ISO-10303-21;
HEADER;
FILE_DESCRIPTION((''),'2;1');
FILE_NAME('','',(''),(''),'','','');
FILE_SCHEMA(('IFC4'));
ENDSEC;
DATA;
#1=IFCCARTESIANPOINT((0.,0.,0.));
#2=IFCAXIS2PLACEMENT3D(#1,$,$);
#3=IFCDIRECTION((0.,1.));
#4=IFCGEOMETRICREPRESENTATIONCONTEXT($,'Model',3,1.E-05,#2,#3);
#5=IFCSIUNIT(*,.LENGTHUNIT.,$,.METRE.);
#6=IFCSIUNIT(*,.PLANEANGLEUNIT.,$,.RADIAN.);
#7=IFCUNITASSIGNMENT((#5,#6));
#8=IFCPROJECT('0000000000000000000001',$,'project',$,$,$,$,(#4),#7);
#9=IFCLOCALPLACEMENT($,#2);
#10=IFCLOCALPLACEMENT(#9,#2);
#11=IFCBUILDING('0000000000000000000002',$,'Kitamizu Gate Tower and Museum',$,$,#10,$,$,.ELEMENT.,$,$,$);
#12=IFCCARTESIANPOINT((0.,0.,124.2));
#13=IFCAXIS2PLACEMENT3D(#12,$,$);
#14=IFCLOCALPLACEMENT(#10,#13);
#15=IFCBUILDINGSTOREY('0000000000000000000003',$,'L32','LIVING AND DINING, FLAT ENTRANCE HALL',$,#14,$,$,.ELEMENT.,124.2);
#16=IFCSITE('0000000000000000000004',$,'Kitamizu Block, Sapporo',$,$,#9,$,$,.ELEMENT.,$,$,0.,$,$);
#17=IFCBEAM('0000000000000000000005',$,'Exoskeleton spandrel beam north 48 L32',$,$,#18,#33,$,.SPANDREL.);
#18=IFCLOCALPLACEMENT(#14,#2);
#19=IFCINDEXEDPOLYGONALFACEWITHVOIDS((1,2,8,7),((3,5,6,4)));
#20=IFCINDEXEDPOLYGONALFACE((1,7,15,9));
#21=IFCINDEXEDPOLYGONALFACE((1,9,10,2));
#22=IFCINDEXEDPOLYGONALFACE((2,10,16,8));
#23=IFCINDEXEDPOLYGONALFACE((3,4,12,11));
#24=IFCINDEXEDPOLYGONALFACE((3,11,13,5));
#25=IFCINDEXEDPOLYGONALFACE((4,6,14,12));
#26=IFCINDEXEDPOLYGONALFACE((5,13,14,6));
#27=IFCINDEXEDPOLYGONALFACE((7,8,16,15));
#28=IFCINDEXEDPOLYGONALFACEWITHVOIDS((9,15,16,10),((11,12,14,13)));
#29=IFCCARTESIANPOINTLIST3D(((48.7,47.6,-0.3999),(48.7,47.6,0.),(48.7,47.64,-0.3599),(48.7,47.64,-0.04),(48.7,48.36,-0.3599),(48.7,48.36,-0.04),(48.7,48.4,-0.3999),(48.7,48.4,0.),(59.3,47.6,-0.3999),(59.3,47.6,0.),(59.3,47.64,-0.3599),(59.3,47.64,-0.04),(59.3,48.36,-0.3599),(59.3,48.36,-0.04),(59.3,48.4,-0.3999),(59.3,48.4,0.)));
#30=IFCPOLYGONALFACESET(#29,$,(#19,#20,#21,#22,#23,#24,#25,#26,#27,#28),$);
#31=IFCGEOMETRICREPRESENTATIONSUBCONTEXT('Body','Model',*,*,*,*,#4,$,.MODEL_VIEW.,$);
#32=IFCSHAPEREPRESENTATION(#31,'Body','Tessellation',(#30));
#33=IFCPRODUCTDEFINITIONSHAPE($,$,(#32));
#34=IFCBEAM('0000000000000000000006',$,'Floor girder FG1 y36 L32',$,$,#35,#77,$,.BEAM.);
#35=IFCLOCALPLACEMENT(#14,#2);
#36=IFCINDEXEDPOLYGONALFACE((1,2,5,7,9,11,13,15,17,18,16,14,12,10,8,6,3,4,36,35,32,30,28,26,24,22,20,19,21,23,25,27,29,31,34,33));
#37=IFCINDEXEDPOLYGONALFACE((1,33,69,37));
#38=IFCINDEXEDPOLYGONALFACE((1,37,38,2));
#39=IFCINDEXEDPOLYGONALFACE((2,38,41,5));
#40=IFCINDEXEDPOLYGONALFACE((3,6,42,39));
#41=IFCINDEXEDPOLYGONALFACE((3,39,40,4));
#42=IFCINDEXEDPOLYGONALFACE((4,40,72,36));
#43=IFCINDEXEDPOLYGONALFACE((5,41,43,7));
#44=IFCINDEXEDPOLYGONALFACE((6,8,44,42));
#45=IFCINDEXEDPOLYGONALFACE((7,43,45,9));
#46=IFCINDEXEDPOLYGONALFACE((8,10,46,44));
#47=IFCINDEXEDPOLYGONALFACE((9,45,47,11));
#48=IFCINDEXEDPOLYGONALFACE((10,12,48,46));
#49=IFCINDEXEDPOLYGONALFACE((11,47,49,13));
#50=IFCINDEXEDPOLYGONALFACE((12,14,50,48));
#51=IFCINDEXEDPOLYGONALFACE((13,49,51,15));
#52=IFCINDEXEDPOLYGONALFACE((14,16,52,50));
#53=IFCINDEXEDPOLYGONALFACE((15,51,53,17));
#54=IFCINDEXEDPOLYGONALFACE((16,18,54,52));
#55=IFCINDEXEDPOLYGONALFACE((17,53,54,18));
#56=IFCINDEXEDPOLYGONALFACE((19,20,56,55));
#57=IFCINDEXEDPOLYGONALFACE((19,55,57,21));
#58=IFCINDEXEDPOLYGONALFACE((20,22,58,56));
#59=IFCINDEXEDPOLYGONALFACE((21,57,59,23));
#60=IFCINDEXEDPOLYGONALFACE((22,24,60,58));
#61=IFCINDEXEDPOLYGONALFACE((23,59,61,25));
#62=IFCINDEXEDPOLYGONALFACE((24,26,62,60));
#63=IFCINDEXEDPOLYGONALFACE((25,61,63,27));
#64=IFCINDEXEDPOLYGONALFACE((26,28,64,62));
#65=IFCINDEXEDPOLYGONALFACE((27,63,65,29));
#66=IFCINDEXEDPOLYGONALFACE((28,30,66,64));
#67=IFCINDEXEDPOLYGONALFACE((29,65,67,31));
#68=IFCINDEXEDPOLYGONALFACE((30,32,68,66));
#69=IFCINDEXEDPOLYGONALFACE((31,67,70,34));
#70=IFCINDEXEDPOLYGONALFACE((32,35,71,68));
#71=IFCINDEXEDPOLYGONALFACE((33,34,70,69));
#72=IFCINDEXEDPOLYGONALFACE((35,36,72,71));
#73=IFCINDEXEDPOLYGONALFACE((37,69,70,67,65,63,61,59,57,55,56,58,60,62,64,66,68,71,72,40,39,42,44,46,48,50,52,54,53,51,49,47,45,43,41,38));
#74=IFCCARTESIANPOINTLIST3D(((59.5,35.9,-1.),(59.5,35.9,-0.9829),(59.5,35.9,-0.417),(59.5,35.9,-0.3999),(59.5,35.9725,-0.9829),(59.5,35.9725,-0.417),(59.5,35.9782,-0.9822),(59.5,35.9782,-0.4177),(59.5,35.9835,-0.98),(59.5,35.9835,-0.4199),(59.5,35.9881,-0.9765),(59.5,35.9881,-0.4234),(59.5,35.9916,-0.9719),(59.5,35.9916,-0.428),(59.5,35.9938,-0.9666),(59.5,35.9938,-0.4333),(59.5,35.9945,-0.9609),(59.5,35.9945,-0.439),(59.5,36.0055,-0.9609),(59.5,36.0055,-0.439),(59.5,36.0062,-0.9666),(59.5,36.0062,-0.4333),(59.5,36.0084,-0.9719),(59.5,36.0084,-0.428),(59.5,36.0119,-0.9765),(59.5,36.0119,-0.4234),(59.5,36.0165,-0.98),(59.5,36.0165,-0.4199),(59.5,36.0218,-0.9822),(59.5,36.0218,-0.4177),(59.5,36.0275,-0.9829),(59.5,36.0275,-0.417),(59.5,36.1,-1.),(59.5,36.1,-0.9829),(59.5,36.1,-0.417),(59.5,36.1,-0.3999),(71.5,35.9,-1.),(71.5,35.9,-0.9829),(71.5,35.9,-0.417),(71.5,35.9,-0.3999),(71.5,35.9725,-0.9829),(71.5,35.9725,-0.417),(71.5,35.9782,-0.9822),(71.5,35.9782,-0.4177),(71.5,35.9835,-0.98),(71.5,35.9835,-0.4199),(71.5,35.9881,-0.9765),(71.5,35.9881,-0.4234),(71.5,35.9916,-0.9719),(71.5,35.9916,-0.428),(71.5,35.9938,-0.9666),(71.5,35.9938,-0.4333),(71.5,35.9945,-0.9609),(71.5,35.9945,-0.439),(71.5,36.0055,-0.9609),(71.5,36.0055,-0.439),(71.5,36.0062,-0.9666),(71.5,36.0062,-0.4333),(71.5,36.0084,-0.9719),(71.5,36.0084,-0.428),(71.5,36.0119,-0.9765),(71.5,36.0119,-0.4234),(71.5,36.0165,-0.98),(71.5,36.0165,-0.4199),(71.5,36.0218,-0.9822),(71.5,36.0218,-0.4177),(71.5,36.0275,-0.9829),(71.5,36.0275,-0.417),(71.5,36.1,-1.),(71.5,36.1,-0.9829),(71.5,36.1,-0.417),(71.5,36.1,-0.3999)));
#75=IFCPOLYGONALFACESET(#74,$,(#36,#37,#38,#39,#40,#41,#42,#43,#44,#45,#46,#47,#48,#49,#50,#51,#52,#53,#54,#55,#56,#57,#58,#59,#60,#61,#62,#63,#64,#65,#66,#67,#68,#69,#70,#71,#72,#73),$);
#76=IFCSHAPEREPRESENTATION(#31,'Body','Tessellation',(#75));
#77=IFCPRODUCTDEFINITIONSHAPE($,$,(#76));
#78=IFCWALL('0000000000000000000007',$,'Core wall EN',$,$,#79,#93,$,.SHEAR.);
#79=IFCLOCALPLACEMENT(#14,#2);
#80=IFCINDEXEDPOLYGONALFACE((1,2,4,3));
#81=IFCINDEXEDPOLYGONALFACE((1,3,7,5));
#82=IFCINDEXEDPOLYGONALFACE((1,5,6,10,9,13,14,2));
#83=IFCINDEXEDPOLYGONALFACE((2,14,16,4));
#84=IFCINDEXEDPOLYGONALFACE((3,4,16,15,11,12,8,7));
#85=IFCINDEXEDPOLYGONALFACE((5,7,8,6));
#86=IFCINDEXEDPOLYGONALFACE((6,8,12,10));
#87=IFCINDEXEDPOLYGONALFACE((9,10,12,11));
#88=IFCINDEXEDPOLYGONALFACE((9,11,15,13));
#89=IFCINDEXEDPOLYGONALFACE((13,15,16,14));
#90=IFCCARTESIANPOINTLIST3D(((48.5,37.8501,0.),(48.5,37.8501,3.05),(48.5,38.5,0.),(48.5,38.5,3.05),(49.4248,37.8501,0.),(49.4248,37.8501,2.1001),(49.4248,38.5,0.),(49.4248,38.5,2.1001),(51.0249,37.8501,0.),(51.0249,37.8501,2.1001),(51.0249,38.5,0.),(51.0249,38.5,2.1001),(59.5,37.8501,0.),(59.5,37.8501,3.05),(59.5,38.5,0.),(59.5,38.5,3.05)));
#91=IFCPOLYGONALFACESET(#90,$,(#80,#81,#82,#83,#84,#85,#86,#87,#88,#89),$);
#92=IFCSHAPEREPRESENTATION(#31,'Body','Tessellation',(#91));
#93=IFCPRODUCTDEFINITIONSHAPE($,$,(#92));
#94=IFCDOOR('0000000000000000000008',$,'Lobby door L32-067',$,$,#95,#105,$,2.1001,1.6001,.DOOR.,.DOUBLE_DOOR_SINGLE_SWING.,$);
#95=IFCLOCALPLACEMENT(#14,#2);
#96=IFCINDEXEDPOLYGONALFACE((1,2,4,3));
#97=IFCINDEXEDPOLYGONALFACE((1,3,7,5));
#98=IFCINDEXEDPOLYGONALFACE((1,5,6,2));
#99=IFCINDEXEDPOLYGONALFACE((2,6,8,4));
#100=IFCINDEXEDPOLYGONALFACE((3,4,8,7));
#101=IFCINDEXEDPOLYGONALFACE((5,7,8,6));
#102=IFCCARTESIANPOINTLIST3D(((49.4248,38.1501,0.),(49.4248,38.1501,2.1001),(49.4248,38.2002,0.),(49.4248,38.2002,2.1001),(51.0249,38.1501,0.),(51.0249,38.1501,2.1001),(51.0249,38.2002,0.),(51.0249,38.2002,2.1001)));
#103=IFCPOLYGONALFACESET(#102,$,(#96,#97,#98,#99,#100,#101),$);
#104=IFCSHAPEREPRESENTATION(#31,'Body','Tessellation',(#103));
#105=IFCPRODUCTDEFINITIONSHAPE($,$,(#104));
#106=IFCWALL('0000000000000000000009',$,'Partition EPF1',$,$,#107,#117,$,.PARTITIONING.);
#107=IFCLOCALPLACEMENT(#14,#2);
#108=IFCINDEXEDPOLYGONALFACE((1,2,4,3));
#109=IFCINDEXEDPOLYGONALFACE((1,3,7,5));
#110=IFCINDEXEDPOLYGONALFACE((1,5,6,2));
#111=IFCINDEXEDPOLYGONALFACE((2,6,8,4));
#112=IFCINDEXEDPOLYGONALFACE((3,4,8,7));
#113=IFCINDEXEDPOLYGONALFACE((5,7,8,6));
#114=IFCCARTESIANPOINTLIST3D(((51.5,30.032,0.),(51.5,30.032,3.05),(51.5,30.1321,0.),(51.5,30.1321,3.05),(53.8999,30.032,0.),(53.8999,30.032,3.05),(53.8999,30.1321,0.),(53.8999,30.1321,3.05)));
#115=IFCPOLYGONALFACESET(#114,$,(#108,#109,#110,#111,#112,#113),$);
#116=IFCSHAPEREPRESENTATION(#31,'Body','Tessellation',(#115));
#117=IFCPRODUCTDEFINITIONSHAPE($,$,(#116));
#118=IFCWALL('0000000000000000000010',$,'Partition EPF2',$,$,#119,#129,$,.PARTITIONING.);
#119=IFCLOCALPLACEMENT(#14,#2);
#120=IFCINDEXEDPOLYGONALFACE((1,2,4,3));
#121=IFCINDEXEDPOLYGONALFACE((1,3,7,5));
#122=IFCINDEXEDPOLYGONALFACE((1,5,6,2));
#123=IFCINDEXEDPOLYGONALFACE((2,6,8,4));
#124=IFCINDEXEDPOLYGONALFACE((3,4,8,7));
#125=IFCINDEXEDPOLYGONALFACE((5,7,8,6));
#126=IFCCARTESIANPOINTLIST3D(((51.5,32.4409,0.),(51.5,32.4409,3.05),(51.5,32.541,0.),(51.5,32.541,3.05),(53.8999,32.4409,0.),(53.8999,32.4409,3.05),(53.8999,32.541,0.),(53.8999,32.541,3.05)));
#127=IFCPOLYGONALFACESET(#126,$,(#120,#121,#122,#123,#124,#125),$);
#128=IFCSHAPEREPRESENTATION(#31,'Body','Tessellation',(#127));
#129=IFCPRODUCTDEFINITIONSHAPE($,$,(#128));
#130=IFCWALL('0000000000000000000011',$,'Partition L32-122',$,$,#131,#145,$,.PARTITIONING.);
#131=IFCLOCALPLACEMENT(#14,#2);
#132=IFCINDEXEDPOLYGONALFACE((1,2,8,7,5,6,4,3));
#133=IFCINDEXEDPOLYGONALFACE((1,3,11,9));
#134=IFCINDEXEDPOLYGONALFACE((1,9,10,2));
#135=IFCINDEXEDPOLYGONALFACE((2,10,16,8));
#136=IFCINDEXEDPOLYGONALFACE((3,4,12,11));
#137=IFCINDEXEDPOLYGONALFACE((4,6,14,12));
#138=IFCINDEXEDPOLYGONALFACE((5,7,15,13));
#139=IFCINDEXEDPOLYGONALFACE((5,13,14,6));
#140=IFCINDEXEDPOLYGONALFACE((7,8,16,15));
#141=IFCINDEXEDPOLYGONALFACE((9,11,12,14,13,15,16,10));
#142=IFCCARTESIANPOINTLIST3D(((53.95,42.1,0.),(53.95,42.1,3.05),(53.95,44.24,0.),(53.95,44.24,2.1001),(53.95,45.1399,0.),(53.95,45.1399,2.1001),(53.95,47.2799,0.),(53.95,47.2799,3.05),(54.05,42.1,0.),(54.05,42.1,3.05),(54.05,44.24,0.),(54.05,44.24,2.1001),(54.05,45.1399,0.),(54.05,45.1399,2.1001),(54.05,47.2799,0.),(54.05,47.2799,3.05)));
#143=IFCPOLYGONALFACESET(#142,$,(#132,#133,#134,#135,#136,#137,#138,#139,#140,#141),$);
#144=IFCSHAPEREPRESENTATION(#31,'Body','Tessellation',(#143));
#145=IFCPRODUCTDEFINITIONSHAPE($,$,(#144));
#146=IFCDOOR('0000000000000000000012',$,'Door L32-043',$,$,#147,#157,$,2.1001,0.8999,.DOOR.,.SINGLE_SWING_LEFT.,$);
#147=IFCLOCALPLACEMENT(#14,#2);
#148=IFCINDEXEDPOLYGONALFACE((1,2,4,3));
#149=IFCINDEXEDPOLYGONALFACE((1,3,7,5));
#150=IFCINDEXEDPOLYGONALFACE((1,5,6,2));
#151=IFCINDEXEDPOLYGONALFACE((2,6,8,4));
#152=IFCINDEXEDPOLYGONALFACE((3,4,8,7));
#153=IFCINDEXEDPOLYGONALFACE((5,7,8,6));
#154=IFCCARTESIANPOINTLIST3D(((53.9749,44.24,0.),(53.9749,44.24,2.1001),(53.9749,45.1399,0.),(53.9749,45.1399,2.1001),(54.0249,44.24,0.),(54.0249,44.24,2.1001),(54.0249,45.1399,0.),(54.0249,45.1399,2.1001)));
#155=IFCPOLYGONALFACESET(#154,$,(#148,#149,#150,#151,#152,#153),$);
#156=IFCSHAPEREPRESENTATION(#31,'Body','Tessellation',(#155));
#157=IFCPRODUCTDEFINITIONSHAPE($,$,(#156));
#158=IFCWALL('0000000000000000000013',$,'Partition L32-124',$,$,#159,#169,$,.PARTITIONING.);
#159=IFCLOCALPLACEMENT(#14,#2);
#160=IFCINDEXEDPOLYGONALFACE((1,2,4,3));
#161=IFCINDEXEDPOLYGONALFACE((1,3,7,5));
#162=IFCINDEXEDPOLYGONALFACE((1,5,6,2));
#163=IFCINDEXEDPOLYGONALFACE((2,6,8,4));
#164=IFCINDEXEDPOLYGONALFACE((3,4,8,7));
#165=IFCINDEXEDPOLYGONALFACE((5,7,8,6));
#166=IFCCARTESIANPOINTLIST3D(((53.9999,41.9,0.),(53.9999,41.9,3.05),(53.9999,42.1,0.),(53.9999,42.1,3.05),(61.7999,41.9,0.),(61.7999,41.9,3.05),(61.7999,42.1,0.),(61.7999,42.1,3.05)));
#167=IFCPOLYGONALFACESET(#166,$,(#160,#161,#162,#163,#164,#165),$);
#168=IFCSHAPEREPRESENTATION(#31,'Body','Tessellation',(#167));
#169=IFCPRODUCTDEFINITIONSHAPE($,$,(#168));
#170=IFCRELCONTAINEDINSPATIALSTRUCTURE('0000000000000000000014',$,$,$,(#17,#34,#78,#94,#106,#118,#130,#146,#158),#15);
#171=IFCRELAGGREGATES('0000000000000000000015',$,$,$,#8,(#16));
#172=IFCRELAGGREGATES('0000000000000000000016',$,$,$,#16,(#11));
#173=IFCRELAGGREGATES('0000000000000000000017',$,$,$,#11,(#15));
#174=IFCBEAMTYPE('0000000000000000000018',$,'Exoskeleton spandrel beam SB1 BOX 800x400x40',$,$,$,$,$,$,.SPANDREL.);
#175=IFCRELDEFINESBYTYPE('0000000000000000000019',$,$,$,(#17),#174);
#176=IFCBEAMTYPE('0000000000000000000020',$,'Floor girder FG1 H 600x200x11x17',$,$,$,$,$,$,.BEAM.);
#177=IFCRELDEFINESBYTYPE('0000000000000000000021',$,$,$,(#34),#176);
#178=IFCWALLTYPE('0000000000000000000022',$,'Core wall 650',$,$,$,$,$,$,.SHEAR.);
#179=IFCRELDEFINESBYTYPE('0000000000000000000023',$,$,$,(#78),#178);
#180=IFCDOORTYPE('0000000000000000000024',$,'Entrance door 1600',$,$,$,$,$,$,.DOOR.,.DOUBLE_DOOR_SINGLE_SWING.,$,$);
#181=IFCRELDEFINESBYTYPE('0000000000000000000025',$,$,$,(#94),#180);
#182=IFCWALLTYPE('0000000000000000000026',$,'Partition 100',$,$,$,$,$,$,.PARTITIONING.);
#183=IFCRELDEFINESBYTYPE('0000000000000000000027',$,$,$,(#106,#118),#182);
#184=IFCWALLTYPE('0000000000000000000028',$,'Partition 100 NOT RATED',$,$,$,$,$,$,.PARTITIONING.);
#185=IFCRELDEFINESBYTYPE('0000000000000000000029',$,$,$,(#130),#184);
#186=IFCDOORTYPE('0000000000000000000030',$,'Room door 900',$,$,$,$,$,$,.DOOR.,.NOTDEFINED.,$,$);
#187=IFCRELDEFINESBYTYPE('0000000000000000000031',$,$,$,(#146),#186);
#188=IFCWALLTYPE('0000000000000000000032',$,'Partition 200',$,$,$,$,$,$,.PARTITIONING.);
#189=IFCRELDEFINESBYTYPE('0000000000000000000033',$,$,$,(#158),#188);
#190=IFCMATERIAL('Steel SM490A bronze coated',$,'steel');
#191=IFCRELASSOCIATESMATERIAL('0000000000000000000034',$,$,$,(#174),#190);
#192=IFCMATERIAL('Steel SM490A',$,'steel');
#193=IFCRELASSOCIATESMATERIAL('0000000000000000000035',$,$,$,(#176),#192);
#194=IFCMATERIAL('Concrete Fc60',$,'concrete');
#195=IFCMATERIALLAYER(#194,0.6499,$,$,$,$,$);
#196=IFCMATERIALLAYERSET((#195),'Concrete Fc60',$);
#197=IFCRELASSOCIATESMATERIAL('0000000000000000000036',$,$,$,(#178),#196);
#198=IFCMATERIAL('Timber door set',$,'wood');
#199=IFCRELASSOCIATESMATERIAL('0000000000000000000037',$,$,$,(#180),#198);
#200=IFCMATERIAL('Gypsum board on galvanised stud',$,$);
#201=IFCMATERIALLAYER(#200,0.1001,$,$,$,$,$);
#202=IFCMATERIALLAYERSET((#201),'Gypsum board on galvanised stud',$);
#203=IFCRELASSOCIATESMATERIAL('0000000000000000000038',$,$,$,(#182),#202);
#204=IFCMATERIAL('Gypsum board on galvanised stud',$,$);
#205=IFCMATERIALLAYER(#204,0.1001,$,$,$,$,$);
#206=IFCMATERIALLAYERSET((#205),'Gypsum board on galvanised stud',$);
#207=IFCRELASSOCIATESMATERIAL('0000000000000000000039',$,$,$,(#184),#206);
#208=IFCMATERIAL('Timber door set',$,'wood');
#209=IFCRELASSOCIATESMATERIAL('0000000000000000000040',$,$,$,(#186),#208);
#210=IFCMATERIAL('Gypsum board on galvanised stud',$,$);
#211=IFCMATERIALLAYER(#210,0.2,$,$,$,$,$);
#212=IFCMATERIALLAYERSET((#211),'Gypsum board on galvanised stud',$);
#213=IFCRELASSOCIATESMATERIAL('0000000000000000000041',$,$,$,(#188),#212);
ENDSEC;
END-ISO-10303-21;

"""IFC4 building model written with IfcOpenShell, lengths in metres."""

from ifc_helpers import new_model, si_unit, direction, frame, frame_2d, origin, origin_2d, place, context, subcontext, project, spatial, rectangle, hollow_rectangle, i_section, extrude, material, layer, layer_set, material_profile, profile_set, type_object, element, fill, save


model = new_model("IFC4")

# Units and contexts
model_context = context("Model", 3, precision=1e-05, world=origin(), true_north=direction((0.0, 1.0)))
body_context = subcontext(model_context, "Body", "Model", "MODEL_VIEW")
ifc_project = project(units=[si_unit("LENGTHUNIT", "METRE"), si_unit("PLANEANGLEUNIT", "RADIAN")], contexts=[model_context])

# Site, building, storey
site_placement = place(None, origin())
site = spatial("IfcSite", under=ifc_project, at=site_placement, Name="Kitamizu Block, Sapporo", CompositionType="ELEMENT", RefElevation=0.0)
building_placement = place(site_placement, origin())
building = spatial("IfcBuilding", under=site, at=building_placement, Name="Kitamizu Gate Tower and Museum", CompositionType="ELEMENT")
storey_placement = place(building_placement, frame((0.0, 0.0, 124.2)))
storey = spatial("IfcBuildingStorey", under=building, at=storey_placement, Name="L32", Description="LIVING AND DINING, FLAT ENTRANCE HALL", CompositionType="ELEMENT", Elevation=124.2)

# Beams
ifc_material_1 = material(Name="Steel SM490A bronze coated", Category="steel")
ifc_material_profile_1 = material_profile(ifc_material_1, hollow_rectangle(XDim=0.8, YDim=0.3999, WallThickness=0.04, at=origin_2d()), Name="BOX 800x400x40")
ifc_profile_set_1 = profile_set([ifc_material_profile_1], Name="Steel SM490A bronze coated")
beam_type_1 = type_object("IfcBeamType", Name="Exoskeleton spandrel beam SB1 BOX 800x400x40", PredefinedType="SPANDREL", material=ifc_profile_set_1)
beam_1_placement = place(storey_placement, frame((48.7, 48.0, -0.2), z_axis=(1.0, 0.0, 0.0), x_axis=(0.0, 1.0, 0.0)))
element("IfcBeam", 1, at=beam_1_placement, inside=storey, type_object=beam_type_1, Name="Exoskeleton spandrel beam north 48 L32", PredefinedType="SPANDREL", context=body_context, shape_type="SweptSolid", body=[
    extrude(hollow_rectangle(XDim=0.8, YDim=0.3999, WallThickness=0.04, at=origin_2d()), origin(), (0.0, 0.0, 1.0), 10.6001),
])
ifc_material_2 = material(Name="Steel SM490A", Category="steel")
ifc_material_profile_2 = material_profile(ifc_material_2, i_section(OverallWidth=0.2, OverallDepth=0.6001, WebThickness=0.011, FlangeThickness=0.0171, FilletRadius=0.022, at=origin_2d()), Name="H-600x200x11x17")
ifc_profile_set_2 = profile_set([ifc_material_profile_2], Name="Steel SM490A")
beam_type_2 = type_object("IfcBeamType", Name="Floor girder FG1 H 600x200x11x17", PredefinedType="BEAM", material=ifc_profile_set_2)
beam_2_placement = place(storey_placement, frame((59.5, 36.0, -0.7), z_axis=(1.0, 0.0, 0.0), x_axis=(0.0, 1.0, 0.0)))
element("IfcBeam", 2, at=beam_2_placement, inside=storey, type_object=beam_type_2, Name="Floor girder FG1 y36 L32", PredefinedType="BEAM", context=body_context, shape_type="SweptSolid", body=[
    extrude(i_section(OverallWidth=0.2, OverallDepth=0.6001, WebThickness=0.011, FlangeThickness=0.0171, FilletRadius=0.022, at=origin_2d()), origin(), (0.0, 0.0, 1.0), 12.0),
])

# Wall, opening, door
ifc_material_3 = material(Name="Concrete Fc60", Category="concrete")
ifc_layer_1 = layer(ifc_material_3, 0.6499)
ifc_layer_set_1 = layer_set([ifc_layer_1], Name="Concrete Fc60")
wall_type_1 = type_object("IfcWallType", Name="Core wall 650", PredefinedType="SHEAR", material=ifc_layer_set_1)
wall_1_placement = place(storey_placement, frame((59.5, 38.175, 0.0), z_axis=(0.0, 0.0, 1.0), x_axis=(-1.0, 0.0, 0.0)))
wall_1 = element("IfcWall", 3, at=wall_1_placement, inside=storey, type_object=wall_type_1, Name="Core wall EN", PredefinedType="SHEAR", context=body_context, shape_type="SweptSolid", body=[
    extrude(rectangle(XDim=11.0, YDim=0.6499, at=frame_2d((5.5, 0.0))), origin(), (0.0, 0.0, 1.0), 3.05),
])
opening_1_placement = place(wall_1_placement, frame((8.4751, 0.0, 0.0)))
opening_1 = element("IfcOpeningElement", 4, at=opening_1_placement, cuts=wall_1, PredefinedType="OPENING", context=body_context, shape_type="SweptSolid", body=[
    extrude(rectangle(XDim=1.6001, YDim=2.1001, at=frame_2d((0.8, 1.05))), frame((0.0, 0.335, 0.0), z_axis=(0.0, -1.0, 0.0), x_axis=(1.0, 0.0, 0.0)), (0.0, 0.0, 1.0), 0.6699),
])
ifc_material_4 = material(Name="Timber door set", Category="wood")
door_type_1 = type_object("IfcDoorType", Name="Entrance door 1600", OperationType="DOUBLE_DOOR_SINGLE_SWING", PredefinedType="DOOR", material=ifc_material_4)
door_1_placement = place(opening_1_placement, origin())
door_1 = element("IfcDoor", 5, at=door_1_placement, inside=storey, type_object=door_type_1, Name="Lobby door L32-067", OperationType="DOUBLE_DOOR_SINGLE_SWING", OverallHeight=2.1001, OverallWidth=1.6001, PredefinedType="DOOR", context=body_context, shape_type="SweptSolid", body=[
    extrude(rectangle(XDim=1.6001, YDim=2.1001, at=frame_2d((0.8, 1.05))), frame((0.0, 0.0249, 0.0), z_axis=(0.0, -1.0, 0.0), x_axis=(1.0, 0.0, 0.0)), (0.0, 0.0, 1.0), 0.05),
])
fill(opening_1, door_1)

# Walls
ifc_material_5 = material(Name="Gypsum board on galvanised stud")
ifc_layer_2 = layer(ifc_material_5, 0.1001)
ifc_layer_set_2 = layer_set([ifc_layer_2], Name="Gypsum board on galvanised stud")
wall_type_2 = type_object("IfcWallType", Name="Partition 100", PredefinedType="PARTITIONING", material=ifc_layer_set_2)
for number, where, z_axis, x_axis, name in (
    (6, (53.8999, 30.082, 0.0), (0.0, 0.0, 1.0), (-1.0, 0.0, 0.0), "Partition EPF1"),
    (7, (53.8999, 32.491, 0.0), (0.0, 0.0, 1.0), (-1.0, 0.0, 0.0), "Partition EPF2"),
):
    element("IfcWall", number, at=place(storey_placement, frame(where, z_axis=z_axis, x_axis=x_axis)), inside=storey, type_object=wall_type_2, Name=name, PredefinedType="PARTITIONING", context=body_context, shape_type="SweptSolid", body=[
        extrude(rectangle(XDim=2.3999, YDim=0.1001, at=frame_2d((1.2, 0.0))), origin(), (0.0, 0.0, 1.0), 3.05),
    ])

# Wall, opening, door
ifc_material_6 = material(Name="Gypsum board on galvanised stud")
ifc_layer_3 = layer(ifc_material_6, 0.1001)
ifc_layer_set_3 = layer_set([ifc_layer_3], Name="Gypsum board on galvanised stud")
wall_type_3 = type_object("IfcWallType", Name="Partition 100 NOT RATED", PredefinedType="PARTITIONING", material=ifc_layer_set_3)
wall_2_placement = place(storey_placement, frame((54.0, 42.1001, 0.0), z_axis=(0.0, 0.0, 1.0), x_axis=(0.0, 1.0, 0.0)))
wall_2 = element("IfcWall", 8, at=wall_2_placement, inside=storey, type_object=wall_type_3, Name="Partition L32-122", PredefinedType="PARTITIONING", context=body_context, shape_type="SweptSolid", body=[
    extrude(rectangle(XDim=5.1799, YDim=0.1001, at=frame_2d((2.5898, 0.0))), origin(), (0.0, 0.0, 1.0), 3.05),
])
opening_2_placement = place(wall_2_placement, frame((2.1399, 0.0, 0.0)))
opening_2 = element("IfcOpeningElement", 9, at=opening_2_placement, cuts=wall_2, PredefinedType="OPENING", context=body_context, shape_type="SweptSolid", body=[
    extrude(rectangle(XDim=0.8999, YDim=2.1001, at=frame_2d((0.45, 1.05))), frame((0.0, 0.0601, 0.0), z_axis=(0.0, -1.0, 0.0), x_axis=(1.0, 0.0, 0.0)), (0.0, 0.0, 1.0), 0.1201),
])
ifc_material_7 = material(Name="Timber door set", Category="wood")
door_type_2 = type_object("IfcDoorType", Name="Room door 900", OperationType="NOTDEFINED", PredefinedType="DOOR", material=ifc_material_7)
door_2_placement = place(opening_2_placement, frame((0.8999, 0.0, 0.0), x_axis=(-1.0, 0.0, 0.0)))
door_2 = element("IfcDoor", 10, at=door_2_placement, inside=storey, type_object=door_type_2, Name="Door L32-043", OperationType="SINGLE_SWING_LEFT", OverallHeight=2.1001, OverallWidth=0.8999, PredefinedType="DOOR", context=body_context, shape_type="SweptSolid", body=[
    extrude(rectangle(XDim=0.8999, YDim=2.1001, at=frame_2d((0.45, 1.05))), frame((0.0, 0.0249, 0.0), z_axis=(0.0, -1.0, 0.0), x_axis=(1.0, 0.0, 0.0)), (0.0, 0.0, 1.0), 0.05),
])
fill(opening_2, door_2)

# Wall
ifc_material_8 = material(Name="Gypsum board on galvanised stud")
ifc_layer_4 = layer(ifc_material_8, 0.2)
ifc_layer_set_4 = layer_set([ifc_layer_4], Name="Gypsum board on galvanised stud")
wall_type_4 = type_object("IfcWallType", Name="Partition 200", PredefinedType="PARTITIONING", material=ifc_layer_set_4)
wall_3_placement = place(storey_placement, frame((54.0, 42.0, 0.0), z_axis=(0.0, 0.0, 1.0), x_axis=(1.0, 0.0, 0.0)))
element("IfcWall", 11, at=wall_3_placement, inside=storey, type_object=wall_type_4, Name="Partition L32-124", PredefinedType="PARTITIONING", context=body_context, shape_type="SweptSolid", body=[
    extrude(rectangle(XDim=7.8, YDim=0.2, at=frame_2d((3.8999, 0.0))), origin(), (0.0, 0.0, 1.0), 3.05),
])

save(model, "model.ifc")
